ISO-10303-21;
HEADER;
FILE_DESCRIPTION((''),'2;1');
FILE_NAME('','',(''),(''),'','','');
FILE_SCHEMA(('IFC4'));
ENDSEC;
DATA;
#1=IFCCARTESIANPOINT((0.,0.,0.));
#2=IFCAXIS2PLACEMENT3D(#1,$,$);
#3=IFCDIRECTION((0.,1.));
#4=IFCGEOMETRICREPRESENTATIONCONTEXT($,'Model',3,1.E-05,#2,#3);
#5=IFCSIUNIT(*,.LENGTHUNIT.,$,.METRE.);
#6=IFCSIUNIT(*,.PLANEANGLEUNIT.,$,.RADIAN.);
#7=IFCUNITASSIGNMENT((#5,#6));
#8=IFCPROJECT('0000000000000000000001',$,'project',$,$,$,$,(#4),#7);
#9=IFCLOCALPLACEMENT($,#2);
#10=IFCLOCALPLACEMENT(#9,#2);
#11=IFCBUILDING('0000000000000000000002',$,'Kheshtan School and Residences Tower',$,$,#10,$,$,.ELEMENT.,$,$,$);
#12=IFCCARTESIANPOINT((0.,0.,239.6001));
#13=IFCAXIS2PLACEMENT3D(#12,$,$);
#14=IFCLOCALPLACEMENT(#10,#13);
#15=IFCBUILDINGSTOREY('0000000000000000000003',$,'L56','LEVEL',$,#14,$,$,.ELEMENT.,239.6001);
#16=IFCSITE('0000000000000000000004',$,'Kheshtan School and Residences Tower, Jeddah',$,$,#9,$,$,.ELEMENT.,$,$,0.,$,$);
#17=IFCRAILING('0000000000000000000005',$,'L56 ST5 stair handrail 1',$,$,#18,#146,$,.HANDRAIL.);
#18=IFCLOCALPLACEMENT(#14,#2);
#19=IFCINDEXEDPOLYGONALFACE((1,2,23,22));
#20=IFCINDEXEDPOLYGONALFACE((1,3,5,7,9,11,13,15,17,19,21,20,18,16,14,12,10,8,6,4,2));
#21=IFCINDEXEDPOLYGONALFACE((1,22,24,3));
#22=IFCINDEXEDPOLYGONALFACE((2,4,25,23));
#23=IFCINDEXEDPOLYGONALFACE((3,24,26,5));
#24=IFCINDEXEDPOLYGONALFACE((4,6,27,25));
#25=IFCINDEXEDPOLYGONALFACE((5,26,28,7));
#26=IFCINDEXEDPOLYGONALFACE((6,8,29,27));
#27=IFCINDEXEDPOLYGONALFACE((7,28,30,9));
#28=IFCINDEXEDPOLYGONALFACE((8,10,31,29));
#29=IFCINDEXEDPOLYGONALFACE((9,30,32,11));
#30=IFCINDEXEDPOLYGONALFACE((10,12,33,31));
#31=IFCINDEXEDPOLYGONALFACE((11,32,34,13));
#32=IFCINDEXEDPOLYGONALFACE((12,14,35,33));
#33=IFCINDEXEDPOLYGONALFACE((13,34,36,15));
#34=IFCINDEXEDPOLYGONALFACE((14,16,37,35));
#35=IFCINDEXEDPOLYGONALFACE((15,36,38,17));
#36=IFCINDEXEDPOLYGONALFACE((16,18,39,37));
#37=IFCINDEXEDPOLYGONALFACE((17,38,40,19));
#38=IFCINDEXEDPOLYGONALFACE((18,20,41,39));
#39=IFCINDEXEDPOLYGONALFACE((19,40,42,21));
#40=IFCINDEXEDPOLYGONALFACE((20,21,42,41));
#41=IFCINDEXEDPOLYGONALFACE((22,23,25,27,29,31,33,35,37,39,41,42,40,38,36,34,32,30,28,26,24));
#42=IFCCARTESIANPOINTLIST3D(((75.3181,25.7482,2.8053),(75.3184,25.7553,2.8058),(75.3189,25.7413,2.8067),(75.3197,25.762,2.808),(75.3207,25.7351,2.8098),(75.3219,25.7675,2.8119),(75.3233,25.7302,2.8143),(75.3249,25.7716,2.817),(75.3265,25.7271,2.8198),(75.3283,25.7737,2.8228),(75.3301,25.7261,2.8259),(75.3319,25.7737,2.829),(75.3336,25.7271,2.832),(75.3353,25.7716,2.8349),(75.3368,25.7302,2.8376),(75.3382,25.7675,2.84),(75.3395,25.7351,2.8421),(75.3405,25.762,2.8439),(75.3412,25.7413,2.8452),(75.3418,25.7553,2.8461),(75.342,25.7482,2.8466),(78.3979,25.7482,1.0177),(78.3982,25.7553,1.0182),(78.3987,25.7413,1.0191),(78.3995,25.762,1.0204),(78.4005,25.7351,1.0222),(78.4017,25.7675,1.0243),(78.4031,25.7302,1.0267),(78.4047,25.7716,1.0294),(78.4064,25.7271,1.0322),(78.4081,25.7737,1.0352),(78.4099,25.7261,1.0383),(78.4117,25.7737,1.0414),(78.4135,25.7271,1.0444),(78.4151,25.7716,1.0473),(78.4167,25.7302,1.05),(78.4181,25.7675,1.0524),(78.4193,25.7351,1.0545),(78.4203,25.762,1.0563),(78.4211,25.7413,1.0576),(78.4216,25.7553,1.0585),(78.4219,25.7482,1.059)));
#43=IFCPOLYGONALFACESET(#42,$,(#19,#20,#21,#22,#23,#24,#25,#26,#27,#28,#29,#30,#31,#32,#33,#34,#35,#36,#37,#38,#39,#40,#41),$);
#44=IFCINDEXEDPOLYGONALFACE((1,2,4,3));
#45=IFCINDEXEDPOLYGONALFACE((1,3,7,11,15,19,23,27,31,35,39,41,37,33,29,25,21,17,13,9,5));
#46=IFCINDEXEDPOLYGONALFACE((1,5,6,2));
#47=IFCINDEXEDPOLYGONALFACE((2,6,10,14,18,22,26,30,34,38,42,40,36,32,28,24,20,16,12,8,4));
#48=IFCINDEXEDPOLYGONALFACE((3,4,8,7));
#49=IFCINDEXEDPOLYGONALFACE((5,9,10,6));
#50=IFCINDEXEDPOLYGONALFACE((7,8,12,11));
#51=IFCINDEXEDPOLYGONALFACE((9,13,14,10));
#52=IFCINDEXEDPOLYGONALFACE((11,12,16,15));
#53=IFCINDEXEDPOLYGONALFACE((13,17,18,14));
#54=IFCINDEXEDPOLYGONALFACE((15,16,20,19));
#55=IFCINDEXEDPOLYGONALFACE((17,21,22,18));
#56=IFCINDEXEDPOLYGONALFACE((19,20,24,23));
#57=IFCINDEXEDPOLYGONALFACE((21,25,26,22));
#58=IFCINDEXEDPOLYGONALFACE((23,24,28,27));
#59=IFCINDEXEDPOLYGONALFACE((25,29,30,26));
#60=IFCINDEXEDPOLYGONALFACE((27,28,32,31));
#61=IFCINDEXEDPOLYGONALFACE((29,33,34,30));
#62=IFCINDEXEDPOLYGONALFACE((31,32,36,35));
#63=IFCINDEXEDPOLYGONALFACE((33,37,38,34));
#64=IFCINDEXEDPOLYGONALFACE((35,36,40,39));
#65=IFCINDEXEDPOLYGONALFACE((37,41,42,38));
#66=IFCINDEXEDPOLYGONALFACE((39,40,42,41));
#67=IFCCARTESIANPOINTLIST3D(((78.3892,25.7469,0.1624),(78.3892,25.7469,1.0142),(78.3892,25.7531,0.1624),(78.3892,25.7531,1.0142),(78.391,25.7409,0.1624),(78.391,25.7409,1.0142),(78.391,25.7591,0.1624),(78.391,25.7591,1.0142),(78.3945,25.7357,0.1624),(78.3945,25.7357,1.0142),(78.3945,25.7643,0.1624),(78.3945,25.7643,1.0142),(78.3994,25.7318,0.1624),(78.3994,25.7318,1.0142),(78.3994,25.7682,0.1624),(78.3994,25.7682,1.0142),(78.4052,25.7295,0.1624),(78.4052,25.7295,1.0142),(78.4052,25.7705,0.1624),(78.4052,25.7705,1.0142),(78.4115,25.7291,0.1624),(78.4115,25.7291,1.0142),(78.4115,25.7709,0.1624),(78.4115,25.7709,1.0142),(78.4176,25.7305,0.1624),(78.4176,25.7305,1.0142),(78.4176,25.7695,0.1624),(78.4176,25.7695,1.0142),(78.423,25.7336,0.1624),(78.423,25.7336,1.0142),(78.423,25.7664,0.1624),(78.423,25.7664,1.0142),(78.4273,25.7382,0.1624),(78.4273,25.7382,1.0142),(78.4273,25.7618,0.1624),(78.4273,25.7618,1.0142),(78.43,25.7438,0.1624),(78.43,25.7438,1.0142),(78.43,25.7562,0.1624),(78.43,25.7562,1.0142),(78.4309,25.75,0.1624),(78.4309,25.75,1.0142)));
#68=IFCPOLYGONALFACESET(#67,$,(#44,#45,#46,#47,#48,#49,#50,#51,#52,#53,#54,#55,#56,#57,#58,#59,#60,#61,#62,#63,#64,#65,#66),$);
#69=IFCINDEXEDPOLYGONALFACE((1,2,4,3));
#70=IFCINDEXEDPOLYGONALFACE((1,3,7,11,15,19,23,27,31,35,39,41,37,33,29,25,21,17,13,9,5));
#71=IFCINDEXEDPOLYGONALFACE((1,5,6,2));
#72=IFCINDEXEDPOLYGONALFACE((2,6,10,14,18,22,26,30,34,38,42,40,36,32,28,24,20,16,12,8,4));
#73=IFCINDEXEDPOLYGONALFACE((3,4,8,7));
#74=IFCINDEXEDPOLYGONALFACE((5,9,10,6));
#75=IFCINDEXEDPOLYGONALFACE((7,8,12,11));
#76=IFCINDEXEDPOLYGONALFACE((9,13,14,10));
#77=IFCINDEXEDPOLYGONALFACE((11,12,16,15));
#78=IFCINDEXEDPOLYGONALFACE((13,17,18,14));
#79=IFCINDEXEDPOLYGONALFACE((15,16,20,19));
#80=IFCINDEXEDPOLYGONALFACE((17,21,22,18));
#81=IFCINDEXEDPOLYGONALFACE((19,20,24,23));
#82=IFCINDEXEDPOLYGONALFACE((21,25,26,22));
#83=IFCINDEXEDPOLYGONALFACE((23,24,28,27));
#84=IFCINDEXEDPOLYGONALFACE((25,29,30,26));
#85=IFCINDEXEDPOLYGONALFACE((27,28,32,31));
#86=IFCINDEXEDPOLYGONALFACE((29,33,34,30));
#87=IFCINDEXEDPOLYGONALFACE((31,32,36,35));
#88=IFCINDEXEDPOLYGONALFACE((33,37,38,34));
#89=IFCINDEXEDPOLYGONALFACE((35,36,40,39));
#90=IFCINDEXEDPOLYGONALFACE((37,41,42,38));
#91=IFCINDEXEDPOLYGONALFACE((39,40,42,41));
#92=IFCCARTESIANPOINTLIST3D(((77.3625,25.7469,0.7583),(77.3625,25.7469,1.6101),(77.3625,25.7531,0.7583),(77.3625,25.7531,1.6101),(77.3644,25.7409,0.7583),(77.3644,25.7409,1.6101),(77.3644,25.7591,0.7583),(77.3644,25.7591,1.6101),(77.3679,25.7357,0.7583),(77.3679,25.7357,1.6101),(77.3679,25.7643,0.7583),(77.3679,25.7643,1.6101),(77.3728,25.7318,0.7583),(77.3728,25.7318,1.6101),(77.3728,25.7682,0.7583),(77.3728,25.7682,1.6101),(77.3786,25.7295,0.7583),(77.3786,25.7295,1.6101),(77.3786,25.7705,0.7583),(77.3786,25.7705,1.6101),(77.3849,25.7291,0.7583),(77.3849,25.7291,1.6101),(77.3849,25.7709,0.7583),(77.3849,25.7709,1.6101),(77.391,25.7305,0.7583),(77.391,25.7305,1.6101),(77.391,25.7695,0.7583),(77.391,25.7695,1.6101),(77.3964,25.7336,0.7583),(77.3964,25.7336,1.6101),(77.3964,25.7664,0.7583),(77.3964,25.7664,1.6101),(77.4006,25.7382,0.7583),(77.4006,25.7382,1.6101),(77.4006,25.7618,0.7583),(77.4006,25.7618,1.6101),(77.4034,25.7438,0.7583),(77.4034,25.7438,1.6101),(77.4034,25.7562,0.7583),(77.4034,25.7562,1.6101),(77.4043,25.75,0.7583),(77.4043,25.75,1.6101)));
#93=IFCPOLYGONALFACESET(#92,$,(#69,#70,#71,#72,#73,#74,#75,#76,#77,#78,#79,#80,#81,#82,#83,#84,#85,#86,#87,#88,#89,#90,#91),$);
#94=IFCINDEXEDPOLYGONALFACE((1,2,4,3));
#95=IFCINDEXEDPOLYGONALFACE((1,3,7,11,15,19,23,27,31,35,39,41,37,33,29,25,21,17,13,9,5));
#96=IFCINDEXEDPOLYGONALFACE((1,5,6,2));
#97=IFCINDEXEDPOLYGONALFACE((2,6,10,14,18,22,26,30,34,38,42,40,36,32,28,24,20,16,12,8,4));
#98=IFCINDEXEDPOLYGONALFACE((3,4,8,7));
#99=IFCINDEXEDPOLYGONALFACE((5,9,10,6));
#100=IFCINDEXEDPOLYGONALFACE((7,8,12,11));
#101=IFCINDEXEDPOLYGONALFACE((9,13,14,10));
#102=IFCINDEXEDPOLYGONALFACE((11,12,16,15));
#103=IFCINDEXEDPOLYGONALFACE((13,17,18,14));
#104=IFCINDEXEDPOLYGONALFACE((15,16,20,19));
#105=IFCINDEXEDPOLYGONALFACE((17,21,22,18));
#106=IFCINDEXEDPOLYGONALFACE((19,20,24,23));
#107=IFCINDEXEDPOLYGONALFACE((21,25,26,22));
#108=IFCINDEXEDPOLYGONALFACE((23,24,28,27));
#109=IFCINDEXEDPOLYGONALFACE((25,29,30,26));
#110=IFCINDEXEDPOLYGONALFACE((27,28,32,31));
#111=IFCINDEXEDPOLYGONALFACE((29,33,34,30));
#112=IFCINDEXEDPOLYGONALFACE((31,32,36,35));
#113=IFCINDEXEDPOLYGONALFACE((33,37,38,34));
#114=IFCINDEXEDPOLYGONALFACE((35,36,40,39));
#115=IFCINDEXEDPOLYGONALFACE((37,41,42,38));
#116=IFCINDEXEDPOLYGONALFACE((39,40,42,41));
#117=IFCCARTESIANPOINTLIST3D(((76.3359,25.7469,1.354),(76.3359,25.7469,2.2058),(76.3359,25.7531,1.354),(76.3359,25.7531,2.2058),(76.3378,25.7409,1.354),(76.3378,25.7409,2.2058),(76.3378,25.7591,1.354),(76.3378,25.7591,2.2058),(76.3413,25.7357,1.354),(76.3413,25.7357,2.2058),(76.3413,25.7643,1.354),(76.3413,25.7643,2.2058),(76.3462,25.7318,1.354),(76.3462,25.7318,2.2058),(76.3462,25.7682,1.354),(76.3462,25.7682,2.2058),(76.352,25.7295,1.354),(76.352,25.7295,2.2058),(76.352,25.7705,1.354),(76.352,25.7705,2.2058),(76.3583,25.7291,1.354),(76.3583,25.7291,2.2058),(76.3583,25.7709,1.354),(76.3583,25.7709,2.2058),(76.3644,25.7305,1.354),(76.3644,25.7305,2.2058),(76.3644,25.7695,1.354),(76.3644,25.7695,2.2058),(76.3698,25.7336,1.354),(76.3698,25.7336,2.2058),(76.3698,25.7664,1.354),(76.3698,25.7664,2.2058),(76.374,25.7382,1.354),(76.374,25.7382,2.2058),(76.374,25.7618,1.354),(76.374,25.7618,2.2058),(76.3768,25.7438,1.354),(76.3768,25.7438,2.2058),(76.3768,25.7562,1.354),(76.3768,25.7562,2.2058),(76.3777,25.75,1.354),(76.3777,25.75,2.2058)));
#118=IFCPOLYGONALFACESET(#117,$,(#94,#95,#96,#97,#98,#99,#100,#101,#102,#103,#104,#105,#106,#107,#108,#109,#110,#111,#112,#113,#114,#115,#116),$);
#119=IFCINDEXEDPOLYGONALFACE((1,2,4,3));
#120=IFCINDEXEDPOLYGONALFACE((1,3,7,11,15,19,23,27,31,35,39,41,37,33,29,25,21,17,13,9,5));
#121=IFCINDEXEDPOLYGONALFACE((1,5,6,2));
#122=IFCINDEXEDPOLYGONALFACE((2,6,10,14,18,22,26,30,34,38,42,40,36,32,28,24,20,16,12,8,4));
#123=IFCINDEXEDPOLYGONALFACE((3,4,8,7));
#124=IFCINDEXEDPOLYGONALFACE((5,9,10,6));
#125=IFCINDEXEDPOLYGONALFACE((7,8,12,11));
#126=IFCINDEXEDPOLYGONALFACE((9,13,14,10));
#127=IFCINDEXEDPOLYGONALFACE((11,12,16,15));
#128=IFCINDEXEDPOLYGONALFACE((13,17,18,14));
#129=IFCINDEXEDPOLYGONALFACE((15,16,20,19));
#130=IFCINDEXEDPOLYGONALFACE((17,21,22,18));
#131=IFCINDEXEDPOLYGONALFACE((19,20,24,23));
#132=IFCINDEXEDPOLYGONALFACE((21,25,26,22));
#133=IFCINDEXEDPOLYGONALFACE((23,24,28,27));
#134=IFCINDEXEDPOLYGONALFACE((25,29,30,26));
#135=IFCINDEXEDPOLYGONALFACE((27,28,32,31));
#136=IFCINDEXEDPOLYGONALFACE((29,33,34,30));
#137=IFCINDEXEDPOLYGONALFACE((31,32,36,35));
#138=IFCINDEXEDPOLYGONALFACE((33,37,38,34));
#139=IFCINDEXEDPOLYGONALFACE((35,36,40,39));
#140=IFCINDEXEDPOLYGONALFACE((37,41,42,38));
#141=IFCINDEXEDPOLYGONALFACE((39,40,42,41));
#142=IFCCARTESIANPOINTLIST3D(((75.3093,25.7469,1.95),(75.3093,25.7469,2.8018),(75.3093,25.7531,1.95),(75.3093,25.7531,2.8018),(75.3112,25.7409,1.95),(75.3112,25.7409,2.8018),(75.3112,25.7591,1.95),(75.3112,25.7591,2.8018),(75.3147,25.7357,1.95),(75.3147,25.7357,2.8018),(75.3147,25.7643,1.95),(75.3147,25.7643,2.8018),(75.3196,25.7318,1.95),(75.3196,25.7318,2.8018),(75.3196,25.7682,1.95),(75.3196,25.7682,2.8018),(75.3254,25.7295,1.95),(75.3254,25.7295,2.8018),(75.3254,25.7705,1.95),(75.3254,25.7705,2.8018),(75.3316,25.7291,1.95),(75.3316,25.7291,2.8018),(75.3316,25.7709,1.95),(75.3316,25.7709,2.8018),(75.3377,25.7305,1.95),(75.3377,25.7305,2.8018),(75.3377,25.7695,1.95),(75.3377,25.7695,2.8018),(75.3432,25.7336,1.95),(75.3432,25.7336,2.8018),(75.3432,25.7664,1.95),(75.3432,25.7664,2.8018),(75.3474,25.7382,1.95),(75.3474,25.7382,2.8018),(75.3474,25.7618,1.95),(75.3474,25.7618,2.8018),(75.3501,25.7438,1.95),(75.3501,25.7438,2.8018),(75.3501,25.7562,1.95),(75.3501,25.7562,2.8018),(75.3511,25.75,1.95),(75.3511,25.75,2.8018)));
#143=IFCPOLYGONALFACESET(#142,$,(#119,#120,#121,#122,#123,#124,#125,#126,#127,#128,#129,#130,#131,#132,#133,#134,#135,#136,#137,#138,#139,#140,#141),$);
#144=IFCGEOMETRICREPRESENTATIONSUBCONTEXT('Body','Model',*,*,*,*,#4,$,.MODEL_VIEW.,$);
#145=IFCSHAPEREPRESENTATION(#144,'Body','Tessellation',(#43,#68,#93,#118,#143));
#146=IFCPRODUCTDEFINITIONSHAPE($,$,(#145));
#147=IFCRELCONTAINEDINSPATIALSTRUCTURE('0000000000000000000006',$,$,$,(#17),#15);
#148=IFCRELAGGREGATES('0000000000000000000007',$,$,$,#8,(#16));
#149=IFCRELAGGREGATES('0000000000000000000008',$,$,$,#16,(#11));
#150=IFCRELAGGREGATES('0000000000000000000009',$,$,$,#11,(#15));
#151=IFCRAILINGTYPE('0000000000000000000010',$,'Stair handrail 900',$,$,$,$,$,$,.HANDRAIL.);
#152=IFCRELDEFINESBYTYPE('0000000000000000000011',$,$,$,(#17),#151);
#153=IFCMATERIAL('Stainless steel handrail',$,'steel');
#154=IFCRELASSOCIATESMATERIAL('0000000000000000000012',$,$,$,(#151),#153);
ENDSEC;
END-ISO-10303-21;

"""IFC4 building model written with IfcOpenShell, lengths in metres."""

from ifc_helpers import new_model, si_unit, direction, frame, origin, origin_2d, place, context, subcontext, project, spatial, circle, extrude, material, type_object, element, save


model = new_model("IFC4")

# Units and contexts
model_context = context("Model", 3, precision=1e-05, world=origin(), true_north=direction((0.0, 1.0)))
body_context = subcontext(model_context, "Body", "Model", "MODEL_VIEW")
ifc_project = project(units=[si_unit("LENGTHUNIT", "METRE"), si_unit("PLANEANGLEUNIT", "RADIAN")], contexts=[model_context])

# Site, building, storey
site_placement = place(None, origin())
site = spatial("IfcSite", under=ifc_project, at=site_placement, Name="Kheshtan School and Residences Tower, Jeddah", CompositionType="ELEMENT", RefElevation=0.0)
building_placement = place(site_placement, origin())
building = spatial("IfcBuilding", under=site, at=building_placement, Name="Kheshtan School and Residences Tower", CompositionType="ELEMENT")
storey_placement = place(building_placement, frame((0.0, 0.0, 239.6001)))
storey = spatial("IfcBuildingStorey", under=building, at=storey_placement, Name="L56", Description="LEVEL", CompositionType="ELEMENT", Elevation=239.6001)

# Railing
ifc_material_1 = material(Name="Stainless steel handrail", Category="steel")
railing_type_1 = type_object("IfcRailingType", Name="Stair handrail 900", PredefinedType="HANDRAIL", material=ifc_material_1)
railing_1_placement = place(storey_placement, frame((78.4099, 25.75, 0.1624)))
element("IfcRailing", 1, at=railing_1_placement, inside=storey, type_object=railing_type_1, Name="L56 ST5 stair handrail 1", PredefinedType="HANDRAIL", context=body_context, shape_type="SweptSolid", body=[
    extrude(circle(Radius=0.0239, at=origin_2d()), frame((0.0, 0.0, 0.876), z_axis=(-0.864873, 0.0, 0.50199), x_axis=(0.0, -1.0, 0.0)), (0.0, 0.0, 1.0), 3.561),
    extrude(circle(Radius=0.021, at=origin_2d()), origin(), (0.0, 0.0, 1.0), 0.8518),
    extrude(circle(Radius=0.021, at=origin_2d()), frame((-1.0266, 0.0, 0.5959)), (0.0, 0.0, 1.0), 0.8518),
    extrude(circle(Radius=0.021, at=origin_2d()), frame((-2.0532, 0.0, 1.1917)), (0.0, 0.0, 1.0), 0.8518),
    extrude(circle(Radius=0.021, at=origin_2d()), frame((-3.0798, 0.0, 1.7876)), (0.0, 0.0, 1.0), 0.8518),
])

save(model, "model.ifc")
